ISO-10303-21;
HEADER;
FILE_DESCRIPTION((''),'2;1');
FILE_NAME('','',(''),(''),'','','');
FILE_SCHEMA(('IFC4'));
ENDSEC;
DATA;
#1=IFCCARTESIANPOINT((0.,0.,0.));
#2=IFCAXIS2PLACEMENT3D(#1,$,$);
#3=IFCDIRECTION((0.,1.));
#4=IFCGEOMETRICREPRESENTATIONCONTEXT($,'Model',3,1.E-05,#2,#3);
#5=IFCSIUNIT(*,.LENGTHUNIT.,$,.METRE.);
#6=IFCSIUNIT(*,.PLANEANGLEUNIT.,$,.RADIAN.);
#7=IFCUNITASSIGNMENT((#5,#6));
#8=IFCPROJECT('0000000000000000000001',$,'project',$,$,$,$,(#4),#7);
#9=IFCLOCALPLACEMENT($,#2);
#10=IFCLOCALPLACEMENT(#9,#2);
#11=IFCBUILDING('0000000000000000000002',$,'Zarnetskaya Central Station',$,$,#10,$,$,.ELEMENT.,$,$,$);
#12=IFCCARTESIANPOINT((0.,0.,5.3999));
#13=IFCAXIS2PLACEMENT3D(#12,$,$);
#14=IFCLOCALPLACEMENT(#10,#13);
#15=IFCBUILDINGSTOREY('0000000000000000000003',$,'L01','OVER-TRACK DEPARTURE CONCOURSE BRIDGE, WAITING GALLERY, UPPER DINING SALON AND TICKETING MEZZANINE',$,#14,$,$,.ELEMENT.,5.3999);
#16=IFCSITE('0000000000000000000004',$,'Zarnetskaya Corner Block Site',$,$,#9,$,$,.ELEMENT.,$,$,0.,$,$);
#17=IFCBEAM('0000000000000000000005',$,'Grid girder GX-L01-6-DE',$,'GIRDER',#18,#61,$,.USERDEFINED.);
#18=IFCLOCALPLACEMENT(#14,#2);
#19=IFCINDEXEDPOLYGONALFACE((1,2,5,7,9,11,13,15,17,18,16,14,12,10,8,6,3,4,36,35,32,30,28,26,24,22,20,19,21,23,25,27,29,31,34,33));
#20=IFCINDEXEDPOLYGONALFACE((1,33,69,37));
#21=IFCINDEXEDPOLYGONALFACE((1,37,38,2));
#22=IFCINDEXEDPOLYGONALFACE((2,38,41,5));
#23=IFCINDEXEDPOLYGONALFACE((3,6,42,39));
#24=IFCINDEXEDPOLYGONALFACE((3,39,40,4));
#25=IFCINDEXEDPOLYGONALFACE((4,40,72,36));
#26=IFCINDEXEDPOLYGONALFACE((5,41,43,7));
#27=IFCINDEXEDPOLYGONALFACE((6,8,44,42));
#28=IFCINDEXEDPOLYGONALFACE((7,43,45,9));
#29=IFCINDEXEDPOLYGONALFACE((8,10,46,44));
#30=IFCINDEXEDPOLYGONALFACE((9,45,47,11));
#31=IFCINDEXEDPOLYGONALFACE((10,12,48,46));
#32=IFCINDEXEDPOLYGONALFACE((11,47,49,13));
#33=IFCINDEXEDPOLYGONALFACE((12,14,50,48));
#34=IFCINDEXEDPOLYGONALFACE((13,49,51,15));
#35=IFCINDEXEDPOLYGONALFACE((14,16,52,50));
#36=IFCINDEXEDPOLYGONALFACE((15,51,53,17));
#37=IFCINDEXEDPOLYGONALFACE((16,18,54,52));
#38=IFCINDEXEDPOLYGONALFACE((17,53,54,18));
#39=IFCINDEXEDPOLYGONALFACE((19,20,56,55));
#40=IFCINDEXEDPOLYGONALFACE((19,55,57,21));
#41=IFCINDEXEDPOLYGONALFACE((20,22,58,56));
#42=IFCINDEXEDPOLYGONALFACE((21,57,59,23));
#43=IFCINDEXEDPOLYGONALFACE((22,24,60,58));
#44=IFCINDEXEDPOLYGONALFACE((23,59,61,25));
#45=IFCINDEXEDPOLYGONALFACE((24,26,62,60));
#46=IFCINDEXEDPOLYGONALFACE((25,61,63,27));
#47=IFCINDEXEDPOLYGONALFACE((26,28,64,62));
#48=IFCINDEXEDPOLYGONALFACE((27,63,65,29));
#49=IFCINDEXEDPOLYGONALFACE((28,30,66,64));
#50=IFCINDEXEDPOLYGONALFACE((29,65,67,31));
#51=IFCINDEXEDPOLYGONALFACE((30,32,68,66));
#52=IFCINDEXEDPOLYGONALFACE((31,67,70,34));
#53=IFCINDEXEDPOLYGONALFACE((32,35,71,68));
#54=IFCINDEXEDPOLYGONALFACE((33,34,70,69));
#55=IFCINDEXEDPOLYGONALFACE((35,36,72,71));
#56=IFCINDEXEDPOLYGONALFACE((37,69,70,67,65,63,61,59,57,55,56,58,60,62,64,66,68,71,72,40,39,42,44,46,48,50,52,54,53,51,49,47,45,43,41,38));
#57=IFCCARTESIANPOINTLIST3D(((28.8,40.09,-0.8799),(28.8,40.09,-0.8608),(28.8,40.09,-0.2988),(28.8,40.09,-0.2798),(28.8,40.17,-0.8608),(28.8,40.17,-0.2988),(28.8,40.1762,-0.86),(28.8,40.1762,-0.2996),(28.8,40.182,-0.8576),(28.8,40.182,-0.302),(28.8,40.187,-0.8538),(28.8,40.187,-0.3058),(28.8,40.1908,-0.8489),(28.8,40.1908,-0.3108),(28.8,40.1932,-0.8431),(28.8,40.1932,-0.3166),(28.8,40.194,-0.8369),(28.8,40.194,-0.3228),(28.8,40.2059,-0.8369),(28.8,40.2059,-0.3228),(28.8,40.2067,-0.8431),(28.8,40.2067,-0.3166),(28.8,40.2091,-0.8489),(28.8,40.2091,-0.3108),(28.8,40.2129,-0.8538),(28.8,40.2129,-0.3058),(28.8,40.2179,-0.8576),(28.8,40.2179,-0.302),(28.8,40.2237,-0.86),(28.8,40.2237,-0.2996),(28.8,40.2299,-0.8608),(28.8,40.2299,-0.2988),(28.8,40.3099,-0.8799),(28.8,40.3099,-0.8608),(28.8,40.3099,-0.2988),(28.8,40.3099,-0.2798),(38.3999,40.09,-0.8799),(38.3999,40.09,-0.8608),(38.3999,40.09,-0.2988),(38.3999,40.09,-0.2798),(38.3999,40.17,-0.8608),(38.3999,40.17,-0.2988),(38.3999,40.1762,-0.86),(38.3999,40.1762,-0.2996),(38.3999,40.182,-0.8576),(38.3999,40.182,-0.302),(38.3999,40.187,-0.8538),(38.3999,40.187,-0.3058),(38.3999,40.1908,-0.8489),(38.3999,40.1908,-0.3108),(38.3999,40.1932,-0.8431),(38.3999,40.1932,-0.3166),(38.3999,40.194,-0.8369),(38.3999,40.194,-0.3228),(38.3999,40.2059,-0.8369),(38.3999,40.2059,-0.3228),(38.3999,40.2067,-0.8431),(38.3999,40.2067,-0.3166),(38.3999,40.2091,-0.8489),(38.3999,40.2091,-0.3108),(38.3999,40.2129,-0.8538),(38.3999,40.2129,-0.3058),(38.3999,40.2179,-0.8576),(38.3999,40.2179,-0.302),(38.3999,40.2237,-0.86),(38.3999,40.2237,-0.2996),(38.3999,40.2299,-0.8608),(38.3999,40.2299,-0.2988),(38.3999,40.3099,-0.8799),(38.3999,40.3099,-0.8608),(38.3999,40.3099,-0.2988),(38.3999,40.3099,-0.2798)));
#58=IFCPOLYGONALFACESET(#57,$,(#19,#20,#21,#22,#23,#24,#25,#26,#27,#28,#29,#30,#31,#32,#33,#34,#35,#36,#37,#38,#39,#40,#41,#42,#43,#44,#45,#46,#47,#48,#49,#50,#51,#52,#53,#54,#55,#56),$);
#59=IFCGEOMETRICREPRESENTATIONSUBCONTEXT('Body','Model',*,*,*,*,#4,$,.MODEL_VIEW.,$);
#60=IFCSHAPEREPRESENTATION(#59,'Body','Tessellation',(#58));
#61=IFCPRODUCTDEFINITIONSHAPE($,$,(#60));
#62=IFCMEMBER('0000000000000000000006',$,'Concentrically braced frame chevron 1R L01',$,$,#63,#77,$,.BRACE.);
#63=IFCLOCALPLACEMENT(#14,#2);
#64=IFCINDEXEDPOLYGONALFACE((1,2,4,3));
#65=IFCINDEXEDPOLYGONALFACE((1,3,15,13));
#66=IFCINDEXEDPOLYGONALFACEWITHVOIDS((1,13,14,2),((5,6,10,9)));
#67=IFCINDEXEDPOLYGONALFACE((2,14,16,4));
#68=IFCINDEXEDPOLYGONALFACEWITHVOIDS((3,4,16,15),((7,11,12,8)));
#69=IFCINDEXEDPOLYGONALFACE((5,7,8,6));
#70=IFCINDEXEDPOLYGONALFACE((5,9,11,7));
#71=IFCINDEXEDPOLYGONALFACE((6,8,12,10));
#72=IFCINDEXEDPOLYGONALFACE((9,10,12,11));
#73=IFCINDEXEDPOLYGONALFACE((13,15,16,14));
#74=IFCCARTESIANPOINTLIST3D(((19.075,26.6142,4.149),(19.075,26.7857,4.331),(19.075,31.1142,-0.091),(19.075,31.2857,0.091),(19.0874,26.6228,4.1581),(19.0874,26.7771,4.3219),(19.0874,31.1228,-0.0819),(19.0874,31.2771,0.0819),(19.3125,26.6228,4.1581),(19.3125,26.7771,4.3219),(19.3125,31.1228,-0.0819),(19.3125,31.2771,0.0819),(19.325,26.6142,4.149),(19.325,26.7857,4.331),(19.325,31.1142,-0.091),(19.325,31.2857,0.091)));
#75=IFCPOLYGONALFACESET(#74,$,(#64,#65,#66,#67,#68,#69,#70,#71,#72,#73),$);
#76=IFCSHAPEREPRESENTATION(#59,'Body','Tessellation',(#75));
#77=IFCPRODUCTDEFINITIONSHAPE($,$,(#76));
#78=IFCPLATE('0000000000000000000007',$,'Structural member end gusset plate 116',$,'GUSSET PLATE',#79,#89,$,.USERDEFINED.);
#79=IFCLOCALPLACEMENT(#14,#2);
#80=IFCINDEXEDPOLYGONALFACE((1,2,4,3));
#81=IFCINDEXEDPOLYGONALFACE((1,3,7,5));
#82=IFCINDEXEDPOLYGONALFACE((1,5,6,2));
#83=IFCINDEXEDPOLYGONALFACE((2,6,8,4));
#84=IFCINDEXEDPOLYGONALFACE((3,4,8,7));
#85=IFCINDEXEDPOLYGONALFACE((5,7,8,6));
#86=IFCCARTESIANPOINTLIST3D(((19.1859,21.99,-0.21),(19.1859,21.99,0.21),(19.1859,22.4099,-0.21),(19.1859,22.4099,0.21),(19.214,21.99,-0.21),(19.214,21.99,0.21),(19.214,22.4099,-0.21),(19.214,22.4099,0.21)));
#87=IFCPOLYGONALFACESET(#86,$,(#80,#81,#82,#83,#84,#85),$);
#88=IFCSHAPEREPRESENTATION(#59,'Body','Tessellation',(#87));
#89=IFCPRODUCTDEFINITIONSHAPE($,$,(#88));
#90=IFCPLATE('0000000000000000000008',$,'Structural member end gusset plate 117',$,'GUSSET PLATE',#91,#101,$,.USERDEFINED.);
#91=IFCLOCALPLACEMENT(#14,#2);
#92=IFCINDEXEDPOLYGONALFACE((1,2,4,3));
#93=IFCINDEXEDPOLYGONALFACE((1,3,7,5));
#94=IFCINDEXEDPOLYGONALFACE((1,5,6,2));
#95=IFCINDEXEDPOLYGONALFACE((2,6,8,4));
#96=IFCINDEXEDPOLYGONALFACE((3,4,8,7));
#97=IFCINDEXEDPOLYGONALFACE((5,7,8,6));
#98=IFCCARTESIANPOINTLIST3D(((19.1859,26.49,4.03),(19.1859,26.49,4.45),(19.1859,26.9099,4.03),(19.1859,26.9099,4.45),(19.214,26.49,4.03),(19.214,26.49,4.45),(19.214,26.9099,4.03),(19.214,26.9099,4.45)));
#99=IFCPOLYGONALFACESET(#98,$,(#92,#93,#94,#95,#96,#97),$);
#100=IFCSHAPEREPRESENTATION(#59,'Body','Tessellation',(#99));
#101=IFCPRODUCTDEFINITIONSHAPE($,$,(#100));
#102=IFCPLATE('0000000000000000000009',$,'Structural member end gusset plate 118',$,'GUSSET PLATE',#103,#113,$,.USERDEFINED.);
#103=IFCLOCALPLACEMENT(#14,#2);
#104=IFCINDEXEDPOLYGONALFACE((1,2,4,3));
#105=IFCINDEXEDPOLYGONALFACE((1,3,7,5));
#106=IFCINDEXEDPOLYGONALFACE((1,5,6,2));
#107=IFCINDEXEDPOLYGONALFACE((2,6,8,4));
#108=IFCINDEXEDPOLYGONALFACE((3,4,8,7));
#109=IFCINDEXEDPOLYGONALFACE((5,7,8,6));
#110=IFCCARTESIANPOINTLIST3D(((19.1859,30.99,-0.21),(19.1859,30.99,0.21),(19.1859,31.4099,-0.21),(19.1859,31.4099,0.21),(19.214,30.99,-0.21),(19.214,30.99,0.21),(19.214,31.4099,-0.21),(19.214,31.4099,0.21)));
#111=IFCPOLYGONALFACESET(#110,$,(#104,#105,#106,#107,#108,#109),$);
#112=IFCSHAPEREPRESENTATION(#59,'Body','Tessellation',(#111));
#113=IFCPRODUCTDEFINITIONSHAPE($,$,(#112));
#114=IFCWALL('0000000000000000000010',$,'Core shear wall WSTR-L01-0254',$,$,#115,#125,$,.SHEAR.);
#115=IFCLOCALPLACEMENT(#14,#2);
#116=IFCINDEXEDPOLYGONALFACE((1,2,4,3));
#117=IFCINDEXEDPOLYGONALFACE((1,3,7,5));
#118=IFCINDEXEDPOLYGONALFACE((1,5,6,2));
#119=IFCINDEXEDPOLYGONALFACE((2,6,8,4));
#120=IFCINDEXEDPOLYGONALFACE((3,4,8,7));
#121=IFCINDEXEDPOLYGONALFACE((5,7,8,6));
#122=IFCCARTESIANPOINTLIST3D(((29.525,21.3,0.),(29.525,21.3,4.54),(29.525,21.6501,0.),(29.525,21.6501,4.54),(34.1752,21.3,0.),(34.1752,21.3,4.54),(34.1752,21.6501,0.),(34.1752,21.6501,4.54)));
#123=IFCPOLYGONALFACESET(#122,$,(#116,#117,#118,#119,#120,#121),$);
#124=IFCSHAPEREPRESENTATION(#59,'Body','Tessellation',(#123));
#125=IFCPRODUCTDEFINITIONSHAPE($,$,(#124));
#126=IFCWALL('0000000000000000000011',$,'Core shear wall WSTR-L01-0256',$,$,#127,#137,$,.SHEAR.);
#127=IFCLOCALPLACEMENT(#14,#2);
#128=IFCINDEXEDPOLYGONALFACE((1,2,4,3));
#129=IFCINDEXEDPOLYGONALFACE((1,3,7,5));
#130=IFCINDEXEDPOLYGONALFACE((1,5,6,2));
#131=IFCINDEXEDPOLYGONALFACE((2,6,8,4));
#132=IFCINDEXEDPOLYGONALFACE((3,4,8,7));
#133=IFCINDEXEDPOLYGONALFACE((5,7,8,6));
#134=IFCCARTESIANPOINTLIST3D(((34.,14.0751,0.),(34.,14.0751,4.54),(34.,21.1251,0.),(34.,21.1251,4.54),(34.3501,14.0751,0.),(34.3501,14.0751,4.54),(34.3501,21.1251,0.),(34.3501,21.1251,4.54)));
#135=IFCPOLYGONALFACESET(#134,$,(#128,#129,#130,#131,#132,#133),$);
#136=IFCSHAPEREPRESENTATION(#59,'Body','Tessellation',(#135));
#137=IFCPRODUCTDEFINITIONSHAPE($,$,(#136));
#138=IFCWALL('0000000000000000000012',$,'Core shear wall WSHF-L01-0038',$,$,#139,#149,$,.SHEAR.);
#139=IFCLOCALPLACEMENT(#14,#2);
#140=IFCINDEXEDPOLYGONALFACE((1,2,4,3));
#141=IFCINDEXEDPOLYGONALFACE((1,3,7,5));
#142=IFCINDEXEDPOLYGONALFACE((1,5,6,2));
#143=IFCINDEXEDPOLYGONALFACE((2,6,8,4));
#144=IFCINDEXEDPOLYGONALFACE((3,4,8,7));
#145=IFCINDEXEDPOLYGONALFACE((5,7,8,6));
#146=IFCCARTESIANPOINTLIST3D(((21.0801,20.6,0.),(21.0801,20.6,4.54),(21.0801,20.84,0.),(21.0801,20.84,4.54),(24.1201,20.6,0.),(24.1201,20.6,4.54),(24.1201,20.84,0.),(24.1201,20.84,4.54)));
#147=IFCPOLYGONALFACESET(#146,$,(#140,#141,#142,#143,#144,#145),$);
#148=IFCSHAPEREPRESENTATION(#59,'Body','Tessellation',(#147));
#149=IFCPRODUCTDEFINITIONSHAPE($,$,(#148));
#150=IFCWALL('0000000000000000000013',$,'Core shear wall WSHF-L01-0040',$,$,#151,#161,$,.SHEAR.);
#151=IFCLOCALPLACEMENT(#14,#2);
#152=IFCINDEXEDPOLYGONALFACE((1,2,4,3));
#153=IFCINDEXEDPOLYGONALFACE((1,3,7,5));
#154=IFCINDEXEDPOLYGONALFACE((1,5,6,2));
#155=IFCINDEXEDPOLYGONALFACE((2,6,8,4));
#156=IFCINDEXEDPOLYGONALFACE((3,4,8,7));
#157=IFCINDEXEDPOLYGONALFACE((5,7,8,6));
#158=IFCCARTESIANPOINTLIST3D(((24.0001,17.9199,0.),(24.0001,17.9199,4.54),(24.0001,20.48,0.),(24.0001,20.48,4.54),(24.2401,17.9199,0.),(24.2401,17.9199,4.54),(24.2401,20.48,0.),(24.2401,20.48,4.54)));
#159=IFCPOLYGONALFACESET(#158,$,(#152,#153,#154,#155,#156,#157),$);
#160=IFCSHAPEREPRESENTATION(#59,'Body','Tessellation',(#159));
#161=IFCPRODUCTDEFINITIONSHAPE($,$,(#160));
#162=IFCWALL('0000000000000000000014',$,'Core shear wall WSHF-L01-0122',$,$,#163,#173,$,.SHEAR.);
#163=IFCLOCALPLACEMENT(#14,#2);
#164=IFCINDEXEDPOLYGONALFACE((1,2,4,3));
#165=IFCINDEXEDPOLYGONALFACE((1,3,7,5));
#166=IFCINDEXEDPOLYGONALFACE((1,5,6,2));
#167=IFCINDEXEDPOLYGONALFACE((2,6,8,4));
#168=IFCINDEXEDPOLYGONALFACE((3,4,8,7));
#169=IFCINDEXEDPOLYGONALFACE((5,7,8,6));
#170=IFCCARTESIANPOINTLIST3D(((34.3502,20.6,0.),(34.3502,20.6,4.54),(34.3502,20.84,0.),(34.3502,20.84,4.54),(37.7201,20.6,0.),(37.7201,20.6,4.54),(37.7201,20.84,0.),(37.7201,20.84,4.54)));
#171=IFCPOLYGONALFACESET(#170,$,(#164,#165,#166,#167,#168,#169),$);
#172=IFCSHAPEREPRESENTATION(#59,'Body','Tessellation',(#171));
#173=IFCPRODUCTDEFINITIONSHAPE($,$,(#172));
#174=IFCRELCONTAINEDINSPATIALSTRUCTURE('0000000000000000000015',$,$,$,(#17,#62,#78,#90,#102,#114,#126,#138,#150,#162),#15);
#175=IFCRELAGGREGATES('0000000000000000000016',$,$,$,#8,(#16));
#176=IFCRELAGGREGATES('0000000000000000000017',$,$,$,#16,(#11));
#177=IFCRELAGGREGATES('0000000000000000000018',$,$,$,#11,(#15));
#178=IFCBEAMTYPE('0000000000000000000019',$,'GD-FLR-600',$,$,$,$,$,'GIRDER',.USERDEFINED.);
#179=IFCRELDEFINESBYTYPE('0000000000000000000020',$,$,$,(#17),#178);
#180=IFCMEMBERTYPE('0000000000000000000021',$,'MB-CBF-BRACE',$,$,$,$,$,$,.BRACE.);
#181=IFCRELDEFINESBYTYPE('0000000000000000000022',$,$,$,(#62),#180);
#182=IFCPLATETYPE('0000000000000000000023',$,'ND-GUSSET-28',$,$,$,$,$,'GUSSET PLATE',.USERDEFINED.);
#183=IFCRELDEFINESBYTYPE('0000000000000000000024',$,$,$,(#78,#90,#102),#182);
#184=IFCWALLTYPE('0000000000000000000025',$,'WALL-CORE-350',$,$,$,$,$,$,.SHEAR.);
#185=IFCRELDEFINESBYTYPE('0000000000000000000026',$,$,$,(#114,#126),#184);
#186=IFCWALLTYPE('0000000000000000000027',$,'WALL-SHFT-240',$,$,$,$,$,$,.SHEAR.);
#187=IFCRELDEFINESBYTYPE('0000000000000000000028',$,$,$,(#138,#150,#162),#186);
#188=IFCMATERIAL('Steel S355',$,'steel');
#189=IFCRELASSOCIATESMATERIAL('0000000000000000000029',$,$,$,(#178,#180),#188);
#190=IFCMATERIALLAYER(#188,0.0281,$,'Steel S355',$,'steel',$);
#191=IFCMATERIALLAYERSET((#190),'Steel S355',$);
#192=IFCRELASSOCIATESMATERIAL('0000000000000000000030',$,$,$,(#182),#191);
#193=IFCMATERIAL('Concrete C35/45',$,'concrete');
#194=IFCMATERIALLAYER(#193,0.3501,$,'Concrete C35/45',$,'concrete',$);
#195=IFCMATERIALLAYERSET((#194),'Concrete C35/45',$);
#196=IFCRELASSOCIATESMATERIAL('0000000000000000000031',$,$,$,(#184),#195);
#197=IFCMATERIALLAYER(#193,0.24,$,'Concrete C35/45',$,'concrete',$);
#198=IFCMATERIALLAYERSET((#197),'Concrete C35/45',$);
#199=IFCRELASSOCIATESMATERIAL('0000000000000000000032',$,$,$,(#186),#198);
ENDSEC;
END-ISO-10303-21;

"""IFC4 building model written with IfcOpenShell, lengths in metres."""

from ifc_helpers import new_model, si_unit, direction, frame, frame_2d, origin, origin_2d, place, context, subcontext, project, spatial, rectangle, hollow_rectangle, i_section, extrude, material, layer, layer_set, material_profile, profile_set, type_object, element, save


model = new_model("IFC4")

# Units and contexts
model_context = context("Model", 3, precision=1e-05, world=origin(), true_north=direction((0.0, 1.0)))
body_context = subcontext(model_context, "Body", "Model", "MODEL_VIEW")
ifc_project = project(units=[si_unit("LENGTHUNIT", "METRE"), si_unit("PLANEANGLEUNIT", "RADIAN")], contexts=[model_context])

# Site, building, storey
site_placement = place(None, origin())
site = spatial("IfcSite", under=ifc_project, at=site_placement, Name="Zarnetskaya Corner Block Site", CompositionType="ELEMENT", RefElevation=0.0)
building_placement = place(site_placement, origin())
building = spatial("IfcBuilding", under=site, at=building_placement, Name="Zarnetskaya Central Station", CompositionType="ELEMENT")
storey_placement = place(building_placement, frame((0.0, 0.0, 5.3999)))
storey = spatial("IfcBuildingStorey", under=building, at=storey_placement, Name="L01", Description="OVER-TRACK DEPARTURE CONCOURSE BRIDGE, WAITING GALLERY, UPPER DINING SALON AND TICKETING MEZZANINE", CompositionType="ELEMENT", Elevation=5.3999)

# Shared definitions
ifc_material_1 = material(Name="Steel S355", Category="steel")

# Beam
ifc_material_profile_1 = material_profile(ifc_material_1, i_section(OverallWidth=0.22, OverallDepth=0.6001, WebThickness=0.012, FlangeThickness=0.019, FilletRadius=0.0239, at=origin_2d()), Name="IPE 600")
ifc_profile_set_1 = profile_set([ifc_material_profile_1], Name="Steel S355")
beam_type_1 = type_object("IfcBeamType", Name="GD-FLR-600", ElementType="GIRDER", PredefinedType="USERDEFINED", material=ifc_profile_set_1)
for number, where, z_axis, x_axis, name in (
    (1, (28.8, 40.2, -0.5798), (1.0, 0.0, 0.0), (0.0, 1.0, 0.0), "Grid girder GX-L01-6-DE"),
):
    element("IfcBeam", number, at=place(storey_placement, frame(where, z_axis=z_axis, x_axis=x_axis)), inside=storey, type_object=beam_type_1, Name=name, ObjectType="GIRDER", PredefinedType="USERDEFINED", context=body_context, shape_type="SweptSolid", body=[
        extrude(i_section(OverallWidth=0.22, OverallDepth=0.6001, WebThickness=0.012, FlangeThickness=0.019, FilletRadius=0.0239, at=origin_2d()), origin(), (0.0, 0.0, 1.0), 9.5999),
    ])

# Member
ifc_material_profile_2 = material_profile(ifc_material_1, hollow_rectangle(XDim=0.25, YDim=0.25, WallThickness=0.0125, at=origin_2d()), Name="SHS 250x250x12.5")
ifc_profile_set_2 = profile_set([ifc_material_profile_2], Name="Steel S355")
member_type = type_object("IfcMemberType", Name="MB-CBF-BRACE", PredefinedType="BRACE", material=ifc_profile_set_2)
member_placement = place(storey_placement, frame((19.2, 31.2, 0.0), z_axis=(0.0, -0.727821, 0.685767), x_axis=(1.0, 0.0, 0.0)))
element("IfcMember", 2, at=member_placement, inside=storey, type_object=member_type, Name="Concentrically braced frame chevron 1R L01", PredefinedType="BRACE", context=body_context, shape_type="SweptSolid", body=[
    extrude(hollow_rectangle(XDim=0.25, YDim=0.25, WallThickness=0.0125, at=origin_2d()), origin(), (0.0, 0.0, 1.0), 6.1829),
])

# Plates
ifc_layer_1 = layer(ifc_material_1, 0.0281, Name="Steel S355", Category="steel")
ifc_layer_set_1 = layer_set([ifc_layer_1], Name="Steel S355")
plate_type = type_object("IfcPlateType", Name="ND-GUSSET-28", ElementType="GUSSET PLATE", PredefinedType="USERDEFINED", material=ifc_layer_set_1)
for number, where, z_axis, x_axis, name in (
    (3, (19.2, 22.2, -0.21), (0.0, 0.0, 1.0), (1.0, 0.0, 0.0), "Structural member end gusset plate 116"),
    (4, (19.2, 26.7, 4.03), (0.0, 0.0, 1.0), (1.0, 0.0, 0.0), "Structural member end gusset plate 117"),
    (5, (19.2, 31.2, -0.21), (0.0, 0.0, 1.0), (1.0, 0.0, 0.0), "Structural member end gusset plate 118"),
):
    element("IfcPlate", number, at=place(storey_placement, frame(where, z_axis=z_axis, x_axis=x_axis)), inside=storey, type_object=plate_type, Name=name, ObjectType="GUSSET PLATE", PredefinedType="USERDEFINED", context=body_context, shape_type="SweptSolid", body=[
        extrude(rectangle(XDim=0.0281, YDim=0.4199, at=origin_2d()), origin(), (0.0, 0.0, 1.0), 0.4199),
    ])

# Walls
ifc_material_2 = material(Name="Concrete C35/45", Category="concrete")
ifc_layer_2 = layer(ifc_material_2, 0.3501, Name="Concrete C35/45", Category="concrete")
ifc_layer_set_2 = layer_set([ifc_layer_2], Name="Concrete C35/45")
wall_type_1 = type_object("IfcWallType", Name="WALL-CORE-350", PredefinedType="SHEAR", material=ifc_layer_set_2)
wall_1_placement = place(storey_placement, frame((29.5249, 21.4751, 0.0), z_axis=(0.0, 0.0, 1.0), x_axis=(1.0, 0.0, 0.0)))
element("IfcWall", 6, at=wall_1_placement, inside=storey, type_object=wall_type_1, Name="Core shear wall WSTR-L01-0254", PredefinedType="SHEAR", context=body_context, shape_type="SweptSolid", body=[
    extrude(rectangle(XDim=4.6501, YDim=0.3501, at=frame_2d((2.3252, 0.0))), origin(), (0.0, 0.0, 1.0), 4.54),
])
wall_2_placement = place(storey_placement, frame((34.175, 21.125, 0.0), z_axis=(0.0, 0.0, 1.0), x_axis=(0.0, -1.0, 0.0)))
element("IfcWall", 7, at=wall_2_placement, inside=storey, type_object=wall_type_1, Name="Core shear wall WSTR-L01-0256", PredefinedType="SHEAR", context=body_context, shape_type="SweptSolid", body=[
    extrude(rectangle(XDim=7.05, YDim=0.3501, at=frame_2d((3.5249, 0.0))), origin(), (0.0, 0.0, 1.0), 4.54),
])
ifc_layer_3 = layer(ifc_material_2, 0.24, Name="Concrete C35/45", Category="concrete")
ifc_layer_set_3 = layer_set([ifc_layer_3], Name="Concrete C35/45")
wall_type_2 = type_object("IfcWallType", Name="WALL-SHFT-240", PredefinedType="SHEAR", material=ifc_layer_set_3)
wall_3_placement = place(storey_placement, frame((21.0801, 20.72, 0.0), z_axis=(0.0, 0.0, 1.0), x_axis=(1.0, 0.0, 0.0)))
element("IfcWall", 8, at=wall_3_placement, inside=storey, type_object=wall_type_2, Name="Core shear wall WSHF-L01-0038", PredefinedType="SHEAR", context=body_context, shape_type="SweptSolid", body=[
    extrude(rectangle(XDim=3.04, YDim=0.24, at=frame_2d((1.52, 0.0))), origin(), (0.0, 0.0, 1.0), 4.54),
])
wall_4_placement = place(storey_placement, frame((24.1201, 20.48, 0.0), z_axis=(0.0, 0.0, 1.0), x_axis=(0.0, -1.0, 0.0)))
element("IfcWall", 9, at=wall_4_placement, inside=storey, type_object=wall_type_2, Name="Core shear wall WSHF-L01-0040", PredefinedType="SHEAR", context=body_context, shape_type="SweptSolid", body=[
    extrude(rectangle(XDim=2.5601, YDim=0.24, at=frame_2d((1.28, 0.0))), origin(), (0.0, 0.0, 1.0), 4.54),
])
wall_5_placement = place(storey_placement, frame((34.3501, 20.72, 0.0), z_axis=(0.0, 0.0, 1.0), x_axis=(1.0, 0.0, 0.0)))
element("IfcWall", 10, at=wall_5_placement, inside=storey, type_object=wall_type_2, Name="Core shear wall WSHF-L01-0122", PredefinedType="SHEAR", context=body_context, shape_type="SweptSolid", body=[
    extrude(rectangle(XDim=3.3699, YDim=0.24, at=frame_2d((1.6851, 0.0))), origin(), (0.0, 0.0, 1.0), 4.54),
])

save(model, "model.ifc")
